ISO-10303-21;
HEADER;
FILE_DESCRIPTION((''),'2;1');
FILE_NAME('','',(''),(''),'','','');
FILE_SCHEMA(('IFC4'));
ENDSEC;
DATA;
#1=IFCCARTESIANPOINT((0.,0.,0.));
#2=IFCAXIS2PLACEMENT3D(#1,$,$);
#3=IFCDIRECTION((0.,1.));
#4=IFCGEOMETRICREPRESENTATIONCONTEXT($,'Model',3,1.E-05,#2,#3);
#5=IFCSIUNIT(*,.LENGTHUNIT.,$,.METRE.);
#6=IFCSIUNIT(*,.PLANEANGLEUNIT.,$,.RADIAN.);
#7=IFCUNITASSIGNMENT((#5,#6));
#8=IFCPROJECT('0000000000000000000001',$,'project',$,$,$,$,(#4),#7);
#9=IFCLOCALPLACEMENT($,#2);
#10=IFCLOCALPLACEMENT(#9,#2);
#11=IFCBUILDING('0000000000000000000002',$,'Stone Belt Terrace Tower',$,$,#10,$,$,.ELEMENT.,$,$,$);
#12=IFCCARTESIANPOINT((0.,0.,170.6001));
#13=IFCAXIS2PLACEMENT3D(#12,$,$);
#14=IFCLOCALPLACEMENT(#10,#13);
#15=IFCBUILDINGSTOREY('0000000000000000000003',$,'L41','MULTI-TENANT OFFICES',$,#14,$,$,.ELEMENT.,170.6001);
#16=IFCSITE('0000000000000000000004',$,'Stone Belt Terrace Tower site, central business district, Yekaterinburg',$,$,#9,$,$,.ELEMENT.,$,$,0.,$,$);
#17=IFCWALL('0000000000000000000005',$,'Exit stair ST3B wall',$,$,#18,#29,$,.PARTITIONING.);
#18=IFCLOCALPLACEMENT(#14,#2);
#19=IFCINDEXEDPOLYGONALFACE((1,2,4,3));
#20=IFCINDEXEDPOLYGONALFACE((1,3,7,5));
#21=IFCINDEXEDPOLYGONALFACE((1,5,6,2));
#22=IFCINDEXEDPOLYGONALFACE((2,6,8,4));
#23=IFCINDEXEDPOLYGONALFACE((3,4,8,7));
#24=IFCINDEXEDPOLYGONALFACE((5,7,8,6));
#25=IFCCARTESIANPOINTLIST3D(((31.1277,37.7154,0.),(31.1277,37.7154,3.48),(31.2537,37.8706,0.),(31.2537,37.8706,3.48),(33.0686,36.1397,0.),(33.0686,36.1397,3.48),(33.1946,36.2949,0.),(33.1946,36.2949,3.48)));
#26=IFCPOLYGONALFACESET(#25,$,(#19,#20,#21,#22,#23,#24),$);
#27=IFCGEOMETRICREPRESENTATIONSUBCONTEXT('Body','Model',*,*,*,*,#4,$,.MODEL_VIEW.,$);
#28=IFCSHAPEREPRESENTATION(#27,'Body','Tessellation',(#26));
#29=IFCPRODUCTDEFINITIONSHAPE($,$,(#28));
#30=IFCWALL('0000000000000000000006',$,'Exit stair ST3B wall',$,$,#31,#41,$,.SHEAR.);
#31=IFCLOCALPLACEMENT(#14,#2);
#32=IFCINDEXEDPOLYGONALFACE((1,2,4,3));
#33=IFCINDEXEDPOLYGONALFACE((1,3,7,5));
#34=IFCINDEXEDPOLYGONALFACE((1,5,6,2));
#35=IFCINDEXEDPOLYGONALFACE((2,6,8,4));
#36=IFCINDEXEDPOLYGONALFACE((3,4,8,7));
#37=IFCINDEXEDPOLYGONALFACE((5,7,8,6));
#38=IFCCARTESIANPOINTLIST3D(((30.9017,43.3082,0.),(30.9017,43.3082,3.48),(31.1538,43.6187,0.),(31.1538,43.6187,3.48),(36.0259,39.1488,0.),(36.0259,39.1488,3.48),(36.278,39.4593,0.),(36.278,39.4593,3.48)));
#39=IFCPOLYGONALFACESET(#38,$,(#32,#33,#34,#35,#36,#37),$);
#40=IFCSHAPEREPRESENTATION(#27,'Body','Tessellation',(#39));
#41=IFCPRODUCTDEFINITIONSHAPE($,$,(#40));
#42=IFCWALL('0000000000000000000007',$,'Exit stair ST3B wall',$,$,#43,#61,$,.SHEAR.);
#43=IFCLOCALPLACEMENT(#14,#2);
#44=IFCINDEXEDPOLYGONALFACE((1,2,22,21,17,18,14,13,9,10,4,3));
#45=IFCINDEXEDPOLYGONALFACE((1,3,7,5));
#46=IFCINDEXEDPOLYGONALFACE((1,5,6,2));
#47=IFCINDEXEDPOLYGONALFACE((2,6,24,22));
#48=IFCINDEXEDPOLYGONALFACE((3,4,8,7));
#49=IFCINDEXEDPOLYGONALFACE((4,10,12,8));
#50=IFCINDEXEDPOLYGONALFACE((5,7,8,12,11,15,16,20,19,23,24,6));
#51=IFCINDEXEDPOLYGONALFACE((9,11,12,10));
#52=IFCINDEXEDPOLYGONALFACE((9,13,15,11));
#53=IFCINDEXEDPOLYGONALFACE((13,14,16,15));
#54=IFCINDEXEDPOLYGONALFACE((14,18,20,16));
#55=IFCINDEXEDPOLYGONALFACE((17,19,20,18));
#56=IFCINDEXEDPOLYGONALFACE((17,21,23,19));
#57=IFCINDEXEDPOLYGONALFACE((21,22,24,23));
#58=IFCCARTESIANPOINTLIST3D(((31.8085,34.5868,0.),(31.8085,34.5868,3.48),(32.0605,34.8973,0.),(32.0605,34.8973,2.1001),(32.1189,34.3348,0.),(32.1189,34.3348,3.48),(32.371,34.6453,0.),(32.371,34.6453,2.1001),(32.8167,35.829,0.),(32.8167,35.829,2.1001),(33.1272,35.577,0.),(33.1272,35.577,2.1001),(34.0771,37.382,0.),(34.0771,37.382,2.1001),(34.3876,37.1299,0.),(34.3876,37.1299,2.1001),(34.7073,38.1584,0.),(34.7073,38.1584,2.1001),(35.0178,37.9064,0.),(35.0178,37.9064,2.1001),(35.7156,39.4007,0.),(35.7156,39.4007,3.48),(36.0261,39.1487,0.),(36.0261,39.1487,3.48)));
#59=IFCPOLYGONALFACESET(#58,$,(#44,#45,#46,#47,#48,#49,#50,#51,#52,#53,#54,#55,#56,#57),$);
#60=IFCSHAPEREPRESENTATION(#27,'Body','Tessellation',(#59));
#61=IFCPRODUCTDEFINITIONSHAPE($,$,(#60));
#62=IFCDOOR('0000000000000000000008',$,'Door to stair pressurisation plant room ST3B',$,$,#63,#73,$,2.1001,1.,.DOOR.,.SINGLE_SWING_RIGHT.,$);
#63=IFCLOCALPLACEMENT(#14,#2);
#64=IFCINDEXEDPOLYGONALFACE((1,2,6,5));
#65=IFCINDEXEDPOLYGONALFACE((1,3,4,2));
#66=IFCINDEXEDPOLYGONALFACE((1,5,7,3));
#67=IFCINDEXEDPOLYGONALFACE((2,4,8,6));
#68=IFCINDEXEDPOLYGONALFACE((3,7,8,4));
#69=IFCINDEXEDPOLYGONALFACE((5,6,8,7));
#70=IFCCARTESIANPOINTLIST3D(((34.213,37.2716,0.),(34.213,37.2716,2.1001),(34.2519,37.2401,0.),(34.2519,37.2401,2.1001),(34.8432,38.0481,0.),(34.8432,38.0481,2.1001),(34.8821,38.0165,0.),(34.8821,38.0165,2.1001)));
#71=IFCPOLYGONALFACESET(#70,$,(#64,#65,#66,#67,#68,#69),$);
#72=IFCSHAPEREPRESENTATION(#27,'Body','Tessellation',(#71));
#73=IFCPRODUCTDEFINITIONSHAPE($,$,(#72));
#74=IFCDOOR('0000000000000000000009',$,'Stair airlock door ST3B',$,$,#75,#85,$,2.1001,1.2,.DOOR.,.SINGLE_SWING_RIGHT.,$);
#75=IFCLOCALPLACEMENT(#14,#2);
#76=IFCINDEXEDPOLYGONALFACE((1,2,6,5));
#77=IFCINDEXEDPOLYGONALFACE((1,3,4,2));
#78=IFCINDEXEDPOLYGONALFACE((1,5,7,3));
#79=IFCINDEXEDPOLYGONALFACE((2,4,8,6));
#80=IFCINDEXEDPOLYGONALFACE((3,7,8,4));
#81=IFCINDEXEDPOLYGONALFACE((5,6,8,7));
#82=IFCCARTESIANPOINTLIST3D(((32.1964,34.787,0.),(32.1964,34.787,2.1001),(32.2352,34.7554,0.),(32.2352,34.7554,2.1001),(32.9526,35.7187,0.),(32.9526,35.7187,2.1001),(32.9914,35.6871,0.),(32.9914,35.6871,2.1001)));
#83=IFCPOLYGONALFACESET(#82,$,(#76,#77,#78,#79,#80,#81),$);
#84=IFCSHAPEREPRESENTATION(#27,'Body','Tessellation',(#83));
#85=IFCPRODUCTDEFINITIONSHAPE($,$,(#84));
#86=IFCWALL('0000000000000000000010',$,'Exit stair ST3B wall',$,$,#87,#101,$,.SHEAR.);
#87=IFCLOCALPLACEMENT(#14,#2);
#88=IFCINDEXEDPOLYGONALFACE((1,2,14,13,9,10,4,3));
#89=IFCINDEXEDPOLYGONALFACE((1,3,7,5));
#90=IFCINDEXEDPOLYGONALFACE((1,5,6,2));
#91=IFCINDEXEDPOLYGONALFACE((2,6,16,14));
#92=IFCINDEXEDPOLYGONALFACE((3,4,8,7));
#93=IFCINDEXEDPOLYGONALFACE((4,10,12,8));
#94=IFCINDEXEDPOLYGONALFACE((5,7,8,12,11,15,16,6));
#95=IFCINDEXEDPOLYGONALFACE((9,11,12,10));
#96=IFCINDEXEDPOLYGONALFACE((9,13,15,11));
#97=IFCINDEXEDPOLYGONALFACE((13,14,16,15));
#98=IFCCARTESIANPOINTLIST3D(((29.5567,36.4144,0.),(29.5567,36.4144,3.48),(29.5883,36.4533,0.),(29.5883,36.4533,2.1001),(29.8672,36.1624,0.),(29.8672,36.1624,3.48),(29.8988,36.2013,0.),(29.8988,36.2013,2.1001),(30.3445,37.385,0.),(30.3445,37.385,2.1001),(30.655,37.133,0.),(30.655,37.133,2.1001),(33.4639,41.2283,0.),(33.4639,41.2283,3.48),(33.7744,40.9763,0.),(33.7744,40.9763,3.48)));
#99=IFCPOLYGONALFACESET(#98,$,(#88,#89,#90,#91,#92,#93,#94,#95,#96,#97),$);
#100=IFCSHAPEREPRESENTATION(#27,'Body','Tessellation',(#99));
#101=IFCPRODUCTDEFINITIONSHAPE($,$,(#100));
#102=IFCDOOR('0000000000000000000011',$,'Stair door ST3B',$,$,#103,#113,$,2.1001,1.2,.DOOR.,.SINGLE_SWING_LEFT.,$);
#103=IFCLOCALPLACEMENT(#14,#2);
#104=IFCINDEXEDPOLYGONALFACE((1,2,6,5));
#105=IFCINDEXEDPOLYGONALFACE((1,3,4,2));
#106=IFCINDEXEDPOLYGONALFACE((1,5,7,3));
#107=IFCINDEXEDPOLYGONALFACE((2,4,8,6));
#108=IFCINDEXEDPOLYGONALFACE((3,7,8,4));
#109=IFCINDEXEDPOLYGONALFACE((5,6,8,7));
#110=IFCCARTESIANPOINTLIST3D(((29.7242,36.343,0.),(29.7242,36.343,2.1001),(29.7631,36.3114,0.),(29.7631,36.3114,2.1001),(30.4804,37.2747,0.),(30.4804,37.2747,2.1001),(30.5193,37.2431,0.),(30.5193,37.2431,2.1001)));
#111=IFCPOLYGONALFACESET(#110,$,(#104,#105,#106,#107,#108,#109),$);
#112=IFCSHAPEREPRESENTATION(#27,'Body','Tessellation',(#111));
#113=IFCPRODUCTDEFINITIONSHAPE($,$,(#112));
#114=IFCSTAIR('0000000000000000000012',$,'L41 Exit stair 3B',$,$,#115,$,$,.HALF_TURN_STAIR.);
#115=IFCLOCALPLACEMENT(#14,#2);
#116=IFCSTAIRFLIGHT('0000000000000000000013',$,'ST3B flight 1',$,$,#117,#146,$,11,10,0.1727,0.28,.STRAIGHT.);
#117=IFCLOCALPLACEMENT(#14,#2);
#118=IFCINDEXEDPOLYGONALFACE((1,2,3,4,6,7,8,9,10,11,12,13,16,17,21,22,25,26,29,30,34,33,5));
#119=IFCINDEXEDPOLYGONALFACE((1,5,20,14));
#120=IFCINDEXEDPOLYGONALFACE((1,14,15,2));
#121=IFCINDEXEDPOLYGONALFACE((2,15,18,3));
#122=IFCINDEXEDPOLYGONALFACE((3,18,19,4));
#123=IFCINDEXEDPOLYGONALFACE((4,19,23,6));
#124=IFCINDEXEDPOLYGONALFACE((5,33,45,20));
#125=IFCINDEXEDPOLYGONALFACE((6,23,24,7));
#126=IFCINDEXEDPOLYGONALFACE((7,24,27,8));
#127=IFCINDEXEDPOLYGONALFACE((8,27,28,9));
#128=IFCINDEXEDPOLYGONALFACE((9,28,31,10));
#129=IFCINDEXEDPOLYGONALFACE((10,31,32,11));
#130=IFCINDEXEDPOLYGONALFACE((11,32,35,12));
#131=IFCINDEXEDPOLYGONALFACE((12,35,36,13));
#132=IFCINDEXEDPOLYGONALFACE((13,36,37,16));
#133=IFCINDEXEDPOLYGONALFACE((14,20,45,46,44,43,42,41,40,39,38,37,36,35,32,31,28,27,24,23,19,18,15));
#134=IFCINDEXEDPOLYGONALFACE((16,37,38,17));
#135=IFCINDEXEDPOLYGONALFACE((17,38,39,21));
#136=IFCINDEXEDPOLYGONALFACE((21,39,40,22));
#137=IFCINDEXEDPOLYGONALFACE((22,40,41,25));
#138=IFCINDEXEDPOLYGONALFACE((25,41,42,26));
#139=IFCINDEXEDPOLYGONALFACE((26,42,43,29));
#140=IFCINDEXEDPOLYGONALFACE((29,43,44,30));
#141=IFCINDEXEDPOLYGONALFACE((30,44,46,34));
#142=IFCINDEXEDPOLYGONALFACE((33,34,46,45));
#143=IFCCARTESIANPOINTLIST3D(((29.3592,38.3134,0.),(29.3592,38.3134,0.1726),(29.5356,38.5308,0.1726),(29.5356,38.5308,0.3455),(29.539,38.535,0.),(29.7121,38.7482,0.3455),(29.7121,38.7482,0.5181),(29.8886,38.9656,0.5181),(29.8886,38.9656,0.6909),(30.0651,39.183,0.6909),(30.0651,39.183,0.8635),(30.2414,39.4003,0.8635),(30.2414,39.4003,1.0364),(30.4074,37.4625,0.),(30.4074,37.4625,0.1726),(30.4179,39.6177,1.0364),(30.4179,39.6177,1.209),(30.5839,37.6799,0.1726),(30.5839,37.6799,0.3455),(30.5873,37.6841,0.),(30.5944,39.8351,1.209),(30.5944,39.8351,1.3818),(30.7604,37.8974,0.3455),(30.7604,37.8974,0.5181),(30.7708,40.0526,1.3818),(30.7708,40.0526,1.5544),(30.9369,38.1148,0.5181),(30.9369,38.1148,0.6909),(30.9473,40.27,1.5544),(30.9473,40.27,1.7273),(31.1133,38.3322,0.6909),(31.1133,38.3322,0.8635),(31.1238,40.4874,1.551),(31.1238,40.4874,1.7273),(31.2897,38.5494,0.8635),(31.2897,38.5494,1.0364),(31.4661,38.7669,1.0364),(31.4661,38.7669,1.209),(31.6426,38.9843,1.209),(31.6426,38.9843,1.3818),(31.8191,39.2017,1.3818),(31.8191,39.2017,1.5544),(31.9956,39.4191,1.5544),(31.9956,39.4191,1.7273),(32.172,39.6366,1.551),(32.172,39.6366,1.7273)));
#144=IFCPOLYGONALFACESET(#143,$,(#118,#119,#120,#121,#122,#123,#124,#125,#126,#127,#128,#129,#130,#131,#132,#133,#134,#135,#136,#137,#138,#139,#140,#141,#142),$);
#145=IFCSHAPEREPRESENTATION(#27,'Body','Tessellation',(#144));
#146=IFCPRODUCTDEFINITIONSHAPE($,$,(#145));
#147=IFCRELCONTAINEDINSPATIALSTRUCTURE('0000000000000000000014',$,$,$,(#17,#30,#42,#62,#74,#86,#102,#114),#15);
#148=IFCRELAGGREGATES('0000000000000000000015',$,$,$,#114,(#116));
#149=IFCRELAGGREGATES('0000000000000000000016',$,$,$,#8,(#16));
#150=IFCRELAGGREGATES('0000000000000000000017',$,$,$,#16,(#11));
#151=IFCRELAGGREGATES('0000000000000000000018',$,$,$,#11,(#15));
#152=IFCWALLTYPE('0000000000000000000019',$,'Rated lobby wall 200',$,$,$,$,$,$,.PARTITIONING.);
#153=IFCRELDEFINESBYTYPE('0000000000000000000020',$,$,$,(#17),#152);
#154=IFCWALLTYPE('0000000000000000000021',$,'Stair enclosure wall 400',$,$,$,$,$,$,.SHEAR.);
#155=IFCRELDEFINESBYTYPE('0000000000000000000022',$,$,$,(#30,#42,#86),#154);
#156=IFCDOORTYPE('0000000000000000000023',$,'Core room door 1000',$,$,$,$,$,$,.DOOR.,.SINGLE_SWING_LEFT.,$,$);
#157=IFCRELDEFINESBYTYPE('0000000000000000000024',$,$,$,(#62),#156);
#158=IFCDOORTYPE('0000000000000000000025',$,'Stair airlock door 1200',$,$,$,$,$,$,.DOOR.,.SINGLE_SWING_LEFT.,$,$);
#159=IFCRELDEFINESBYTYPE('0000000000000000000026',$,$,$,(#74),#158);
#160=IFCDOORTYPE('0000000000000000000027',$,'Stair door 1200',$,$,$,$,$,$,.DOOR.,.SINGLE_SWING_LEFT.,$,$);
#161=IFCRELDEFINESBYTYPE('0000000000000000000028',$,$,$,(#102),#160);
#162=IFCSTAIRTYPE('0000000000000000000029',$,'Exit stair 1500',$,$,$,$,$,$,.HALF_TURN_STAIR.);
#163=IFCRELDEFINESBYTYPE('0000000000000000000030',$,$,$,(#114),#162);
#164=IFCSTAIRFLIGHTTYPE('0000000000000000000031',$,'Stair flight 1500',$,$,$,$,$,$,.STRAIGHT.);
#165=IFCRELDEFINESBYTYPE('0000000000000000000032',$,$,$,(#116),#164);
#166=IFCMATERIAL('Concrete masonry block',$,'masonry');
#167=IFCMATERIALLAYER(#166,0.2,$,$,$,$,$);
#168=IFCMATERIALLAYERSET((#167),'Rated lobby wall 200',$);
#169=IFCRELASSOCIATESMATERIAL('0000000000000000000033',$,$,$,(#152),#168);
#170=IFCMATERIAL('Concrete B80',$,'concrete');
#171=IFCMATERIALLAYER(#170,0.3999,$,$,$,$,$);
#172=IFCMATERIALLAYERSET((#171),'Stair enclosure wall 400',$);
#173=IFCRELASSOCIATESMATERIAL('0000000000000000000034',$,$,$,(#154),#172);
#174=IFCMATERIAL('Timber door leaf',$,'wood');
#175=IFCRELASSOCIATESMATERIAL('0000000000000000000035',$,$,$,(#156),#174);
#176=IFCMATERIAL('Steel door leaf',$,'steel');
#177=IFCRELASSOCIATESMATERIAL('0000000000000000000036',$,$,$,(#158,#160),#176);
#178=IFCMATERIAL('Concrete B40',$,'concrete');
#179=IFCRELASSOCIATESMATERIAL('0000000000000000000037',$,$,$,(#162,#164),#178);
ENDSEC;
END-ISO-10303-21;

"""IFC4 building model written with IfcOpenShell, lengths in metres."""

from ifc_helpers import new_model, si_unit, direction, frame, frame_2d, origin, place, context, subcontext, project, spatial, polyline, rectangle, outline, extrude, material, layer, layer_set, type_object, element, fill, aggregate, save


model = new_model("IFC4")

# Units and contexts
model_context = context("Model", 3, precision=1e-05, world=origin(), true_north=direction((0.0, 1.0)))
body_context = subcontext(model_context, "Body", "Model", "MODEL_VIEW")
ifc_project = project(units=[si_unit("LENGTHUNIT", "METRE"), si_unit("PLANEANGLEUNIT", "RADIAN")], contexts=[model_context])

# Site, building, storey
site_placement = place(None, origin())
site = spatial("IfcSite", under=ifc_project, at=site_placement, Name="Stone Belt Terrace Tower site, central business district, Yekaterinburg", CompositionType="ELEMENT", RefElevation=0.0)
building_placement = place(site_placement, origin())
building = spatial("IfcBuilding", under=site, at=building_placement, Name="Stone Belt Terrace Tower", CompositionType="ELEMENT")
storey_placement = place(building_placement, frame((0.0, 0.0, 170.6001)))
storey = spatial("IfcBuildingStorey", under=building, at=storey_placement, Name="L41", Description="MULTI-TENANT OFFICES", CompositionType="ELEMENT", Elevation=170.6001)

# Shared definitions
ifc_material_1 = material(Name="Concrete B80", Category="concrete")

# Walls
ifc_material_2 = material(Name="Concrete masonry block", Category="masonry")
ifc_layer_1 = layer(ifc_material_2, 0.2)
ifc_layer_set_1 = layer_set([ifc_layer_1], Name="Rated lobby wall 200")
wall_type_1 = type_object("IfcWallType", Name="Rated lobby wall 200", PredefinedType="PARTITIONING", material=ifc_layer_set_1)
wall_1_placement = place(storey_placement, frame((31.1907, 37.793, 0.0), z_axis=(0.0, 0.0, 1.0), x_axis=(0.776371, -0.630276, 0.0)))
element("IfcWall", 1, at=wall_1_placement, inside=storey, type_object=wall_type_1, Name="Exit stair ST3B wall", PredefinedType="PARTITIONING", context=body_context, shape_type="SweptSolid", body=[
    extrude(rectangle(XDim=2.5, YDim=0.2, at=frame_2d((1.25, 0.0))), origin(), (0.0, 0.0, 1.0), 3.48),
])
ifc_layer_2 = layer(ifc_material_1, 0.3999)
ifc_layer_set_2 = layer_set([ifc_layer_2], Name="Stair enclosure wall 400")
wall_type_2 = type_object("IfcWallType", Name="Stair enclosure wall 400", PredefinedType="SHEAR", material=ifc_layer_set_2)
wall_2_placement = place(storey_placement, frame((31.0278, 43.4634, 0.0), z_axis=(0.0, 0.0, 1.0), x_axis=(0.776414, -0.630224, 0.0)))
element("IfcWall", 2, at=wall_2_placement, inside=storey, type_object=wall_type_2, Name="Exit stair ST3B wall", PredefinedType="SHEAR", context=body_context, shape_type="SweptSolid", body=[
    extrude(rectangle(XDim=6.5999, YDim=0.3999, at=frame_2d((3.2998, 0.0))), origin(), (0.0, 0.0, 1.0), 3.48),
])

# Wall, openings, doors
wall_3_placement = place(storey_placement, frame((31.9636, 34.4607, 0.0), z_axis=(0.0, 0.0, 1.0), x_axis=(0.630192, 0.776439, 0.0)))
wall_3 = element("IfcWall", 3, at=wall_3_placement, inside=storey, type_object=wall_type_2, Name="Exit stair ST3B wall", PredefinedType="SHEAR", context=body_context, shape_type="SweptSolid", body=[
    extrude(rectangle(XDim=6.2, YDim=0.3999, at=frame_2d((3.1001, 0.0))), origin(), (0.0, 0.0, 1.0), 3.48),
])
opening_1_placement = place(wall_3_placement, frame((0.3999, 0.0, 0.0)))
opening_1 = element("IfcOpeningElement", 4, at=opening_1_placement, cuts=wall_3, PredefinedType="OPENING", context=body_context, shape_type="SweptSolid", body=[
    extrude(rectangle(XDim=1.2, YDim=2.1001, at=frame_2d((0.6001, 1.05))), frame((0.0, 0.21, 0.0), z_axis=(0.0, -1.0, 0.0), x_axis=(1.0, 0.0, 0.0)), (0.0, 0.0, 1.0), 0.4199),
])
opening_2_placement = place(wall_3_placement, frame((3.6001, 0.0, 0.0)))
opening_2 = element("IfcOpeningElement", 5, at=opening_2_placement, cuts=wall_3, PredefinedType="OPENING", context=body_context, shape_type="SweptSolid", body=[
    extrude(rectangle(XDim=1.0, YDim=2.1001, at=frame_2d((0.5, 1.05))), frame((0.0, 0.21, 0.0), z_axis=(0.0, -1.0, 0.0), x_axis=(1.0, 0.0, 0.0)), (0.0, 0.0, 1.0), 0.4199),
])
ifc_material_3 = material(Name="Timber door leaf", Category="wood")
door_type_1 = type_object("IfcDoorType", Name="Core room door 1000", OperationType="SINGLE_SWING_LEFT", PredefinedType="DOOR", material=ifc_material_3)
door_1_placement = place(opening_2_placement, origin())
door_1 = element("IfcDoor", 6, at=door_1_placement, inside=storey, type_object=door_type_1, Name="Door to stair pressurisation plant room ST3B", OperationType="SINGLE_SWING_RIGHT", OverallHeight=2.1001, OverallWidth=1.0, PredefinedType="DOOR", context=body_context, shape_type="SweptSolid", body=[
    extrude(rectangle(XDim=1.0, YDim=2.1001, at=frame_2d((0.5, 1.05))), frame((0.0, 0.0249, 0.0), z_axis=(0.0, -1.0, 0.0), x_axis=(1.0, 0.0, 0.0)), (0.0, 0.0, 1.0), 0.05),
])
fill(opening_2, door_1)
ifc_material_4 = material(Name="Steel door leaf", Category="steel")
door_type_2 = type_object("IfcDoorType", Name="Stair airlock door 1200", OperationType="SINGLE_SWING_LEFT", PredefinedType="DOOR", material=ifc_material_4)
door_2_placement = place(opening_1_placement, origin())
door_2 = element("IfcDoor", 7, at=door_2_placement, inside=storey, type_object=door_type_2, Name="Stair airlock door ST3B", OperationType="SINGLE_SWING_RIGHT", OverallHeight=2.1001, OverallWidth=1.2, PredefinedType="DOOR", context=body_context, shape_type="SweptSolid", body=[
    extrude(rectangle(XDim=1.2, YDim=2.1001, at=frame_2d((0.6001, 1.05))), frame((0.0, 0.0249, 0.0), z_axis=(0.0, -1.0, 0.0), x_axis=(1.0, 0.0, 0.0)), (0.0, 0.0, 1.0), 0.05),
])
fill(opening_1, door_2)

# Wall, opening, door
wall_4_placement = place(storey_placement, frame((29.7119, 36.2883, 0.0), z_axis=(0.0, 0.0, 1.0), x_axis=(0.630192, 0.776439, 0.0)))
wall_4 = element("IfcWall", 8, at=wall_4_placement, inside=storey, type_object=wall_type_2, Name="Exit stair ST3B wall", PredefinedType="SHEAR", context=body_context, shape_type="SweptSolid", body=[
    extrude(rectangle(XDim=6.2, YDim=0.3999, at=frame_2d((3.1001, 0.0))), origin(), (0.0, 0.0, 1.0), 3.48),
])
opening_3_placement = place(wall_4_placement, frame((0.05, 0.0, 0.0)))
opening_3 = element("IfcOpeningElement", 9, at=opening_3_placement, cuts=wall_4, PredefinedType="OPENING", context=body_context, shape_type="SweptSolid", body=[
    extrude(rectangle(XDim=1.2, YDim=2.1001, at=frame_2d((0.6001, 1.05))), frame((0.0, 0.21, 0.0), z_axis=(0.0, -1.0, 0.0), x_axis=(1.0, 0.0, 0.0)), (0.0, 0.0, 1.0), 0.4199),
])
door_type_3 = type_object("IfcDoorType", Name="Stair door 1200", OperationType="SINGLE_SWING_LEFT", PredefinedType="DOOR", material=ifc_material_4)
door_3_placement = place(opening_3_placement, origin())
door_3 = element("IfcDoor", 10, at=door_3_placement, inside=storey, type_object=door_type_3, Name="Stair door ST3B", OperationType="SINGLE_SWING_LEFT", OverallHeight=2.1001, OverallWidth=1.2, PredefinedType="DOOR", context=body_context, shape_type="SweptSolid", body=[
    extrude(rectangle(XDim=1.2, YDim=2.1001, at=frame_2d((0.6001, 1.05))), frame((0.0, 0.0249, 0.0), z_axis=(0.0, -1.0, 0.0), x_axis=(1.0, 0.0, 0.0)), (0.0, 0.0, 1.0), 0.05),
])
fill(opening_3, door_3)

# Stair, stair flight
ifc_material_5 = material(Name="Concrete B40", Category="concrete")
stair_type = type_object("IfcStairType", Name="Exit stair 1500", PredefinedType="HALF_TURN_STAIR", material=ifc_material_5)
stair_placement = place(storey_placement, origin())
stair = element("IfcStair", 11, at=stair_placement, inside=storey, type_object=stair_type, Name="L41 Exit stair 3B", PredefinedType="HALF_TURN_STAIR")
stair_flight_type = type_object("IfcStairFlightType", Name="Stair flight 1500", PredefinedType="STRAIGHT", material=ifc_material_5)
stair_flight_1_placement = place(storey_placement, frame((29.8833, 37.8879, 0.0), z_axis=(0.0, 0.0, 1.0), x_axis=(0.630206, 0.776428, 0.0)))
stair_flight_1 = element("IfcStairFlight", 12, at=stair_flight_1_placement, type_object=stair_flight_type, Name="ST3B flight 1", NumberOfRisers=11, NumberOfTreads=10, PredefinedType="STRAIGHT", RiserHeight=0.1727, TreadLength=0.28, context=body_context, shape_type="SweptSolid", body=[
    extrude(outline(polyline([(0.0, 0.0), (0.0, 0.1726), (0.28, 0.1726), (0.28, 0.3455), (0.5601, 0.3455), (0.5601, 0.5181), (0.8401, 0.5181), (0.8401, 0.6909), (1.1201, 0.6909), (1.1201, 0.8635), (1.3999, 0.8635), (1.3999, 1.0364), (1.6799, 1.0364), (1.6799, 1.209), (1.96, 1.209), (1.96, 1.3818), (2.24, 1.3818), (2.24, 1.5544), (2.52, 1.5544), (2.52, 1.7273), (2.8, 1.7273), (2.8, 1.8999), (2.8, 1.551), (0.2854, 0.0), (0.0, 0.0)])), frame((0.0, 0.675, 0.0), z_axis=(0.0, -1.0, 0.0), x_axis=(1.0, 0.0, 0.0)), (0.0, 0.0, 1.0), 1.3501),
])
aggregate(stair, [stair_flight_1])

save(model, "model.ifc")
